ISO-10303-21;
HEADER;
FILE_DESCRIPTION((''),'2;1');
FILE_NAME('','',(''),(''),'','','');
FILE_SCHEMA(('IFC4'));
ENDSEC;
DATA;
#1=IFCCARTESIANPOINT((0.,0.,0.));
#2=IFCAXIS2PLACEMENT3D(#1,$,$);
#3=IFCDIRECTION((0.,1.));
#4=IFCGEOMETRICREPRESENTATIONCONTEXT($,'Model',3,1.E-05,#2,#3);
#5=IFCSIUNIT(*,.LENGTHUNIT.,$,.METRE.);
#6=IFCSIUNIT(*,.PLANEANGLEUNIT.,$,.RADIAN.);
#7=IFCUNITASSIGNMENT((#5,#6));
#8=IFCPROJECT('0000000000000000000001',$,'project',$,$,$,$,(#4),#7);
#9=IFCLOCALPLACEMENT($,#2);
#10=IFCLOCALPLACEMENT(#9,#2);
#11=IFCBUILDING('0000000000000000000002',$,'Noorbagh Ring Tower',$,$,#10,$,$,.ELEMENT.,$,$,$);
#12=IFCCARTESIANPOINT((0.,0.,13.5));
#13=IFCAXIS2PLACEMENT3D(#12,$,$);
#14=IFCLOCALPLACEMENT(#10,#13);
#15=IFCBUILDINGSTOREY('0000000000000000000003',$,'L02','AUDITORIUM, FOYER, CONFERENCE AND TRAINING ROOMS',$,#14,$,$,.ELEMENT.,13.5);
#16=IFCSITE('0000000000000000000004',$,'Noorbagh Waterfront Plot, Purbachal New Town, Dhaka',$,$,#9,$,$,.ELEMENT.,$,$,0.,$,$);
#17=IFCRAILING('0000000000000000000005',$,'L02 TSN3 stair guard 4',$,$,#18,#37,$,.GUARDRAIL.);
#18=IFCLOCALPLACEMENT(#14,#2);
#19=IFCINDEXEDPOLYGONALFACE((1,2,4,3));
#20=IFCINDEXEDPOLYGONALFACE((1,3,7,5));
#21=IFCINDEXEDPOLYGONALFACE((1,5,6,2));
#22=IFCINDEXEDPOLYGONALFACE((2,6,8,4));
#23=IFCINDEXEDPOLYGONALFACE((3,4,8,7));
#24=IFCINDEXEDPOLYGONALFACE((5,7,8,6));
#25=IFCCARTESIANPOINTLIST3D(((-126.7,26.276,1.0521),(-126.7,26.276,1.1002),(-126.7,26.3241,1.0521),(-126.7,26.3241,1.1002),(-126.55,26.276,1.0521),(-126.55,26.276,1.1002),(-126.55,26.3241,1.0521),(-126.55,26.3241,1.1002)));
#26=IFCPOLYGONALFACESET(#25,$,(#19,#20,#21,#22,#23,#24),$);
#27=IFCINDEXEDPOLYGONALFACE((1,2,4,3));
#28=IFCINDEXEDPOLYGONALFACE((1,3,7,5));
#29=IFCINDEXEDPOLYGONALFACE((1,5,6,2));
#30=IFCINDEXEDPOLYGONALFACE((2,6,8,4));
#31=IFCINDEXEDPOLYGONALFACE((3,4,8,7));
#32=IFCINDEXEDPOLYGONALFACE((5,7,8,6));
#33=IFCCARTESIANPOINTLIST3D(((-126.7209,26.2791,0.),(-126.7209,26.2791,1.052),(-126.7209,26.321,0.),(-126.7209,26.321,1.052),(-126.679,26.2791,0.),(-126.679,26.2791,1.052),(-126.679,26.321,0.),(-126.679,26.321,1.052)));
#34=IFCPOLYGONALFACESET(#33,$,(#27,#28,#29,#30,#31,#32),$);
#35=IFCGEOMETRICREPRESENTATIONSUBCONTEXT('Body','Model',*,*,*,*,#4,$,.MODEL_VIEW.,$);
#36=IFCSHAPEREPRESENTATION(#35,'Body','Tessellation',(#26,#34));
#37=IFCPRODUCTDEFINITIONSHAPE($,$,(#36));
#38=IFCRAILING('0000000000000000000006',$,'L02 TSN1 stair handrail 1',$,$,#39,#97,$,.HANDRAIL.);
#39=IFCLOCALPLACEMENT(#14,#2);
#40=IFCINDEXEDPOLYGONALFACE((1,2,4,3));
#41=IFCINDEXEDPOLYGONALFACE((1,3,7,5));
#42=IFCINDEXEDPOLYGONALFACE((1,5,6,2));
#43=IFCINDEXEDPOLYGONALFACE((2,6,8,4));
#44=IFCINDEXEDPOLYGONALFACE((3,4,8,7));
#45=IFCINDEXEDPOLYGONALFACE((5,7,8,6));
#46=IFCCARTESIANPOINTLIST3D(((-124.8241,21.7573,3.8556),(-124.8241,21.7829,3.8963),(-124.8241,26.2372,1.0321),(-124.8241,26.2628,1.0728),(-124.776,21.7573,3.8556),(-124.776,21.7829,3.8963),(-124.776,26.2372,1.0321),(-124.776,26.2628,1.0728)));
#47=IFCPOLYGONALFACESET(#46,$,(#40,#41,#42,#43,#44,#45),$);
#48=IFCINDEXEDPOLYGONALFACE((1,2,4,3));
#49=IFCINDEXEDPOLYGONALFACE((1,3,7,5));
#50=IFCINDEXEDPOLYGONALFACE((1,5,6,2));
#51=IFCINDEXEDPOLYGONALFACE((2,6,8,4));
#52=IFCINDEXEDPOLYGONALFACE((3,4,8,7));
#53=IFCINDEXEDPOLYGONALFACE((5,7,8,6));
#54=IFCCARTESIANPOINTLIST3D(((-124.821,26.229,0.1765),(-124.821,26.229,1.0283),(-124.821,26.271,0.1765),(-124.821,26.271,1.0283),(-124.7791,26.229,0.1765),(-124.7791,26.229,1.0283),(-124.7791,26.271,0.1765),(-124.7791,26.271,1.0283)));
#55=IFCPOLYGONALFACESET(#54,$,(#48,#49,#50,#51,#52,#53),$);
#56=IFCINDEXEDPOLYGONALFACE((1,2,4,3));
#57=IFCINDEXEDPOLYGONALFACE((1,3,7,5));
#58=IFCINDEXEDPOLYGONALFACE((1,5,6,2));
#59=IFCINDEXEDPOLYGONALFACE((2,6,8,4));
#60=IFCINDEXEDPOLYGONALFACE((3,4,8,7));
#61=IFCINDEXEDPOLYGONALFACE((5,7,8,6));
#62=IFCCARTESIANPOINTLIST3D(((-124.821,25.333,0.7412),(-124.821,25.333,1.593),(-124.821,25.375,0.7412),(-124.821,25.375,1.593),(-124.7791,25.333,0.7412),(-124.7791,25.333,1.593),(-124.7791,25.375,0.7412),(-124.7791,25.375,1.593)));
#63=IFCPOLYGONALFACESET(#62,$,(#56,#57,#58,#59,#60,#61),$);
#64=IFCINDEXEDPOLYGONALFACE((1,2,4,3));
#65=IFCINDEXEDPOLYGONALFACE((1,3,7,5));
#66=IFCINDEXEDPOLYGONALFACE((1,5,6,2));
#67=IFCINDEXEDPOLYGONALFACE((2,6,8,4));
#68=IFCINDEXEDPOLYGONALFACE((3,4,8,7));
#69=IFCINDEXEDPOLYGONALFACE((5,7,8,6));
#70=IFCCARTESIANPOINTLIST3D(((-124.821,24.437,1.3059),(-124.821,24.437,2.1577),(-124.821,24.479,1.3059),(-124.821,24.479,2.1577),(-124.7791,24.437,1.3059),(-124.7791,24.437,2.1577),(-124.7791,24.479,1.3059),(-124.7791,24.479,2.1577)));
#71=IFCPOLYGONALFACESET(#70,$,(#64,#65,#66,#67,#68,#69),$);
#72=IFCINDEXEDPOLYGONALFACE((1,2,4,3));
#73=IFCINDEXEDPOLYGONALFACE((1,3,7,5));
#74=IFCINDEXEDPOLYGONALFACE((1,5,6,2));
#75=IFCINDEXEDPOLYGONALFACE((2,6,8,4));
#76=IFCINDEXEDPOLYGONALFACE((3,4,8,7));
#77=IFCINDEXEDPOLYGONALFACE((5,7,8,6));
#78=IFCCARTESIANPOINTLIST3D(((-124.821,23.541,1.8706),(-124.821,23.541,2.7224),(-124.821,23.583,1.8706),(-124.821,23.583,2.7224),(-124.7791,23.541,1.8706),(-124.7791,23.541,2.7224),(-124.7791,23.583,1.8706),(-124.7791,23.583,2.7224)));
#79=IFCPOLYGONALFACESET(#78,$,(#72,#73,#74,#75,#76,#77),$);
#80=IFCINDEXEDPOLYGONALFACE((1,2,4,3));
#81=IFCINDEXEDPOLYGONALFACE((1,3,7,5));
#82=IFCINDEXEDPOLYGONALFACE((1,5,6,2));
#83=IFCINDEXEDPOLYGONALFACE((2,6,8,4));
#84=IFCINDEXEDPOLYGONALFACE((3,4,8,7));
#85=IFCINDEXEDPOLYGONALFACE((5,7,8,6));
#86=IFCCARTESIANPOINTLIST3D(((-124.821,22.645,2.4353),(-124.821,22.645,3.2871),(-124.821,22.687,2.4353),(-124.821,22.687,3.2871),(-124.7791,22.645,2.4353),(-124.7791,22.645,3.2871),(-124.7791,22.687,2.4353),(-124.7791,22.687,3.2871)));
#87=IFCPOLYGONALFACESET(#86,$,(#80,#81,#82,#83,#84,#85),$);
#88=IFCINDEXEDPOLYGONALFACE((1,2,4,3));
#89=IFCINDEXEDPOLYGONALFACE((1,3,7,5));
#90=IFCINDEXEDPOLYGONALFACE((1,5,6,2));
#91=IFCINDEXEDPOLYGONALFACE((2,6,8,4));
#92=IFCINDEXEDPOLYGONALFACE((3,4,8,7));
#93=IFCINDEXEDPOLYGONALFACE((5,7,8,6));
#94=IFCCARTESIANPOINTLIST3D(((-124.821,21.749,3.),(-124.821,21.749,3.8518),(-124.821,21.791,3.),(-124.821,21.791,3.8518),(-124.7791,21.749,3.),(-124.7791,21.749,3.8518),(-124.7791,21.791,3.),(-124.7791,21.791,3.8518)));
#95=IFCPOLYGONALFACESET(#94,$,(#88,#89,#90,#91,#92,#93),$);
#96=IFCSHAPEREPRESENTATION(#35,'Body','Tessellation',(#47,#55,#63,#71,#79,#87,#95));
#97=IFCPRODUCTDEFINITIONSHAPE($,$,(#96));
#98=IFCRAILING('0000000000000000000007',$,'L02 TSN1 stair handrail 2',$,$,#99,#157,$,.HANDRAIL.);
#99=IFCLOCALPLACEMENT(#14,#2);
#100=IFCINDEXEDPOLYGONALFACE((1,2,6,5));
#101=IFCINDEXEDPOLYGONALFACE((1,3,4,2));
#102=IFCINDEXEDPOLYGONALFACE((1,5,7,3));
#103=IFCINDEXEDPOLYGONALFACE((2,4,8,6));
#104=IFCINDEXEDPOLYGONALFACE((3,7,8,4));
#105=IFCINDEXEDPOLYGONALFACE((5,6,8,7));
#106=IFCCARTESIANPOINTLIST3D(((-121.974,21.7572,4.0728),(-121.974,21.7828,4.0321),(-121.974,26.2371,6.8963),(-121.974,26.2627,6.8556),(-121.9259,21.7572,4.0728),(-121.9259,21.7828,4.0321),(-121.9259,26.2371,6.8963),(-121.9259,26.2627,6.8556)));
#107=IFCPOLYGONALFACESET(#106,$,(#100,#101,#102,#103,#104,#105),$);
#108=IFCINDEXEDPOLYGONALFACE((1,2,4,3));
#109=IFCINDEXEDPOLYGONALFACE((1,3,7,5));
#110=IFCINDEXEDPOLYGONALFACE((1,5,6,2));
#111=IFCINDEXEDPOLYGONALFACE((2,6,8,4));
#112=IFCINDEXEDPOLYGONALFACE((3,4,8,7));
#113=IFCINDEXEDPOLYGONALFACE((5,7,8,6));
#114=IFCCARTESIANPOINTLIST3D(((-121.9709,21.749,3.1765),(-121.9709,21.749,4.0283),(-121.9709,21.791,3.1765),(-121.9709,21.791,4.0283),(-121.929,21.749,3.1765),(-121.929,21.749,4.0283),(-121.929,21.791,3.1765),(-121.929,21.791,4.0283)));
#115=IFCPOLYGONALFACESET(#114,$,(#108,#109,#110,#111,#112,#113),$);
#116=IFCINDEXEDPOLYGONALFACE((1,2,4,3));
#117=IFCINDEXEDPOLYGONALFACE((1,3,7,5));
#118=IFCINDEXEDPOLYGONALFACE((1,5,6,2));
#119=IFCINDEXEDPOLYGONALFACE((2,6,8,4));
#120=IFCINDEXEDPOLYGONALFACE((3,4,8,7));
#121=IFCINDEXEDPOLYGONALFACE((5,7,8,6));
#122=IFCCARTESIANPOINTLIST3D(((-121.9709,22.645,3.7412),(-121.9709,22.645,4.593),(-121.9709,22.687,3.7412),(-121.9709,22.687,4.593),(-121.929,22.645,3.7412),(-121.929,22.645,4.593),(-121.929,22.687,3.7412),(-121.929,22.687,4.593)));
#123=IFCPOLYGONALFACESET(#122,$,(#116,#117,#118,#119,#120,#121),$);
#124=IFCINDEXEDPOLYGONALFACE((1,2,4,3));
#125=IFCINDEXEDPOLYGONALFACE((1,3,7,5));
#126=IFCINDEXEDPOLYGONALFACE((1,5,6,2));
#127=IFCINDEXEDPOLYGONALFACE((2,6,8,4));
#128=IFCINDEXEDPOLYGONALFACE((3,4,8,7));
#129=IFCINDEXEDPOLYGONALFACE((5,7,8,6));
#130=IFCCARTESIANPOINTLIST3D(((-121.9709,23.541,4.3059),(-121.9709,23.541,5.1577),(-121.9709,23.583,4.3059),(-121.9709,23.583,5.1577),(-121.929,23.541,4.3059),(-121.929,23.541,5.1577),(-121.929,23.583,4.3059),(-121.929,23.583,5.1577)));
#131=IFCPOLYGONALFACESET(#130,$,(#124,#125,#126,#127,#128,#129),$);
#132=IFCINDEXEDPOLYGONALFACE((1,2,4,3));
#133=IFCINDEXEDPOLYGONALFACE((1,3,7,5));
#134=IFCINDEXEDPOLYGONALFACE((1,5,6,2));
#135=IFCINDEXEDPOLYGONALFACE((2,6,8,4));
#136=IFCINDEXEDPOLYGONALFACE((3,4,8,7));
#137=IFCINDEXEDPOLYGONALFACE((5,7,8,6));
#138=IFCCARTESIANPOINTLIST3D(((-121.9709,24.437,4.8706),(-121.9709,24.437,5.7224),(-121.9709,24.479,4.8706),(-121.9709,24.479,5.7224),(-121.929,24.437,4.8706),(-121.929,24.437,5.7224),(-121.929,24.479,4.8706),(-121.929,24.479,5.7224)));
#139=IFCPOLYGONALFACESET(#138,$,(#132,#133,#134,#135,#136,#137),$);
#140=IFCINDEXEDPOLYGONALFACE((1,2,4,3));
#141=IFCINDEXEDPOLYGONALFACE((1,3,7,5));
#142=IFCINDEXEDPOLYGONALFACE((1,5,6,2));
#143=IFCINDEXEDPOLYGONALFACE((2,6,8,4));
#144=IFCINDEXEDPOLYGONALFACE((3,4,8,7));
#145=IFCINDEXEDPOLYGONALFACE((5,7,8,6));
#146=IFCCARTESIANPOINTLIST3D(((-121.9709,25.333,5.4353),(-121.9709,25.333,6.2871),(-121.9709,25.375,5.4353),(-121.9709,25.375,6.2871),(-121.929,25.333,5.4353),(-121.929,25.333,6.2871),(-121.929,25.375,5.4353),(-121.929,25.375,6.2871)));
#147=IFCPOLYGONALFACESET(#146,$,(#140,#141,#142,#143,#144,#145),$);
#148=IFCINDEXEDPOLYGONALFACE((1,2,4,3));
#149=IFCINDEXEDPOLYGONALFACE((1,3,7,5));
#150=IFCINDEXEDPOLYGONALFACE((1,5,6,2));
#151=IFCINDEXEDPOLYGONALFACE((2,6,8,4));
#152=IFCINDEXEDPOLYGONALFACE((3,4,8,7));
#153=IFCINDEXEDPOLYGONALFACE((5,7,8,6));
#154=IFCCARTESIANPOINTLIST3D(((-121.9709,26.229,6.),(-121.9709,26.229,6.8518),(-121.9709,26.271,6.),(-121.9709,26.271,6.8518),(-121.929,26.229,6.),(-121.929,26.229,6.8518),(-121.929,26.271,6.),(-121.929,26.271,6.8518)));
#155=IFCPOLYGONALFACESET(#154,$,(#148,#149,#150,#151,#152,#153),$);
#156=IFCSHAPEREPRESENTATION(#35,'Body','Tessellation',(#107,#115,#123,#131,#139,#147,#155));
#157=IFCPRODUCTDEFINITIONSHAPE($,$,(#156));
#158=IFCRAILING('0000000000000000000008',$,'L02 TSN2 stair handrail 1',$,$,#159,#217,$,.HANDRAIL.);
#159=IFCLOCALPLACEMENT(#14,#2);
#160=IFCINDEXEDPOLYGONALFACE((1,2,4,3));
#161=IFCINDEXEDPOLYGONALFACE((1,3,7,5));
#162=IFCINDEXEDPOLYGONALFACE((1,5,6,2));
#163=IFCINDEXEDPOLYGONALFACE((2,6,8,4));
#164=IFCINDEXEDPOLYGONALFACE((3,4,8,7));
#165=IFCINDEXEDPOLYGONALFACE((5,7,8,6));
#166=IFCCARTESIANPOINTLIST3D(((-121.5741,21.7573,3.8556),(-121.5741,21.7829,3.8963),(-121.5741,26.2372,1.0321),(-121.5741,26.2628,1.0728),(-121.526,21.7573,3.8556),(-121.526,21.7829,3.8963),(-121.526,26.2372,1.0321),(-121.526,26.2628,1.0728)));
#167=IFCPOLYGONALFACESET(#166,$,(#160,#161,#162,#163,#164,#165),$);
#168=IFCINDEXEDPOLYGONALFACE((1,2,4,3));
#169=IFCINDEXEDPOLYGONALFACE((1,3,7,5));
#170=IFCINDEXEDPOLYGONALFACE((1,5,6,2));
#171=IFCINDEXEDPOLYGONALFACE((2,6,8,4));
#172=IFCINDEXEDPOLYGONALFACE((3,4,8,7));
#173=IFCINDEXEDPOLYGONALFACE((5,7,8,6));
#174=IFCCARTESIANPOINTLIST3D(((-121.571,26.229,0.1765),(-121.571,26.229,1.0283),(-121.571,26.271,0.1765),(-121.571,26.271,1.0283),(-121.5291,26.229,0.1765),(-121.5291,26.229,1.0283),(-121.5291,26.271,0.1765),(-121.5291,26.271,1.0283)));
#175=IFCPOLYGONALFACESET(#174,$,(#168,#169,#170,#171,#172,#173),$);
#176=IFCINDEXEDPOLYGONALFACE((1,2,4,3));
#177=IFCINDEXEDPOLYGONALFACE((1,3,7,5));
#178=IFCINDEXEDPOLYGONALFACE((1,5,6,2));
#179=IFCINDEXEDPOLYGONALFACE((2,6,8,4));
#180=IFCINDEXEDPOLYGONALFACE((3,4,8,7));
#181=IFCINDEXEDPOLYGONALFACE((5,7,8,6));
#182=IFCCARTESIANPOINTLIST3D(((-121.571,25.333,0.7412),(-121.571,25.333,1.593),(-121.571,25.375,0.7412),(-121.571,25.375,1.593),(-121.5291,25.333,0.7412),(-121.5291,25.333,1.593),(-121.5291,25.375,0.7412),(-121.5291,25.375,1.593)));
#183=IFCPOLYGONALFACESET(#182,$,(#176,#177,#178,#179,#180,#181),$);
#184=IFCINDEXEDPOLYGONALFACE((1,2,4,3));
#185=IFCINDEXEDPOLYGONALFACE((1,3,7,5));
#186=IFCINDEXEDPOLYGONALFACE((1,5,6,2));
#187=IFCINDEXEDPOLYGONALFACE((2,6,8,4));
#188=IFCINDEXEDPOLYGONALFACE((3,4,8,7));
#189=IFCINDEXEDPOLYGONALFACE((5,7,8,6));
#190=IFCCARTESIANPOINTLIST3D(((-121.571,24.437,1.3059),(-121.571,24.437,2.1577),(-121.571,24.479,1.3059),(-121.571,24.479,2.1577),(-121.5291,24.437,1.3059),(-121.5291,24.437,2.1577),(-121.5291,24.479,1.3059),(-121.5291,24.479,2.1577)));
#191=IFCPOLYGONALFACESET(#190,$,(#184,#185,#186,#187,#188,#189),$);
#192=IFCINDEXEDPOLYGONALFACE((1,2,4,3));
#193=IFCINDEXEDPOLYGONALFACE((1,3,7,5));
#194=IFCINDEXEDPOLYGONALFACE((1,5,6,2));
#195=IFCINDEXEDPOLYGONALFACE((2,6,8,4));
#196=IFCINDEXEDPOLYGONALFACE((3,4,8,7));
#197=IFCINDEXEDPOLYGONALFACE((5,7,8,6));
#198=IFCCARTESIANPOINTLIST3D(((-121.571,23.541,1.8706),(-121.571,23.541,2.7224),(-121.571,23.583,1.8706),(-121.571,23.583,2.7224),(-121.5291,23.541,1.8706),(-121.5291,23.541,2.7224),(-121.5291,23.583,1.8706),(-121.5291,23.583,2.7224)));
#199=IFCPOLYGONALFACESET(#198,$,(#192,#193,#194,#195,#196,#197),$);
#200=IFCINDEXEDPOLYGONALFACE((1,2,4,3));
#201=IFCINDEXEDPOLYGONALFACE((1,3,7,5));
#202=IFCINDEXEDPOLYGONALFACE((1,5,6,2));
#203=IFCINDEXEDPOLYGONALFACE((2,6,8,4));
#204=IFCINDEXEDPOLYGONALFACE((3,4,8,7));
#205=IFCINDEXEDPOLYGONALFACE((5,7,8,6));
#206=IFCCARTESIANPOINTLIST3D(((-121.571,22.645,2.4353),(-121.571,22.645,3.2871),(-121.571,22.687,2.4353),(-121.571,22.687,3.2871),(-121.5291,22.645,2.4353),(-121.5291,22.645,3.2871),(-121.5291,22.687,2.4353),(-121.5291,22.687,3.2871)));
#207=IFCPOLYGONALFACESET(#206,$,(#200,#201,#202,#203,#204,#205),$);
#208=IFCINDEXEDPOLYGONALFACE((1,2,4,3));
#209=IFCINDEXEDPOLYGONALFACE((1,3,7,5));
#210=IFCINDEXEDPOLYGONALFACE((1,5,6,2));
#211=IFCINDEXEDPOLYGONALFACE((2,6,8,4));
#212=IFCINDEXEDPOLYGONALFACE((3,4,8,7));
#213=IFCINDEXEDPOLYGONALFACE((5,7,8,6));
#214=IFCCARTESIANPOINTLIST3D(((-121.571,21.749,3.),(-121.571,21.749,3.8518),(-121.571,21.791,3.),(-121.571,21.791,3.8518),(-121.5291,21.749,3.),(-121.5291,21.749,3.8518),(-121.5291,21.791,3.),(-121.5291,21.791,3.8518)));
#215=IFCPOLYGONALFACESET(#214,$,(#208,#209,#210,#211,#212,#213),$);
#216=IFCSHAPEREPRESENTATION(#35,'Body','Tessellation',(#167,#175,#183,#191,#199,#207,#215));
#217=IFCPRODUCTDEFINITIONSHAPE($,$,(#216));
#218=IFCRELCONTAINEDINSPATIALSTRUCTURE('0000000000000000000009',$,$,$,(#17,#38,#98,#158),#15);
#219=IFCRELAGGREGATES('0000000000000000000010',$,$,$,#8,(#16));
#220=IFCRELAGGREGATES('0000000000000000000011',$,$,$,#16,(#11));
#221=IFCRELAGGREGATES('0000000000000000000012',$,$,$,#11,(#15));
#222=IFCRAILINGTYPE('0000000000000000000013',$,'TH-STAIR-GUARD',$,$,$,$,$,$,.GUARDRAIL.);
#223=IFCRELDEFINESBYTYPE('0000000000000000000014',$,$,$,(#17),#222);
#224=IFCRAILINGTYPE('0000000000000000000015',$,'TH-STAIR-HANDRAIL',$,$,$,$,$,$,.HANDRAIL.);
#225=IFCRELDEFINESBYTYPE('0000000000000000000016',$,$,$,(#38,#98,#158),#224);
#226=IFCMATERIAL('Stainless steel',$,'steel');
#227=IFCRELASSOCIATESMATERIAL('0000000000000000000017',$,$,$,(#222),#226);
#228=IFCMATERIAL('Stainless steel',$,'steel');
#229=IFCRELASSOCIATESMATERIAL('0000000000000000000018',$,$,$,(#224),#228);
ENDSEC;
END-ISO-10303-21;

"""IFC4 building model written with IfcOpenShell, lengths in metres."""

from ifc_helpers import new_model, si_unit, direction, frame, origin, origin_2d, place, context, subcontext, project, spatial, rectangle, extrude, material, type_object, element, save


model = new_model("IFC4")

# Units and contexts
model_context = context("Model", 3, precision=1e-05, world=origin(), true_north=direction((0.0, 1.0)))
body_context = subcontext(model_context, "Body", "Model", "MODEL_VIEW")
ifc_project = project(units=[si_unit("LENGTHUNIT", "METRE"), si_unit("PLANEANGLEUNIT", "RADIAN")], contexts=[model_context])

# Site, building, storey
site_placement = place(None, origin())
site = spatial("IfcSite", under=ifc_project, at=site_placement, Name="Noorbagh Waterfront Plot, Purbachal New Town, Dhaka", CompositionType="ELEMENT", RefElevation=0.0)
building_placement = place(site_placement, origin())
building = spatial("IfcBuilding", under=site, at=building_placement, Name="Noorbagh Ring Tower", CompositionType="ELEMENT")
storey_placement = place(building_placement, frame((0.0, 0.0, 13.5)))
storey = spatial("IfcBuildingStorey", under=building, at=storey_placement, Name="L02", Description="AUDITORIUM, FOYER, CONFERENCE AND TRAINING ROOMS", CompositionType="ELEMENT", Elevation=13.5)

# Railings
ifc_material_1 = material(Name="Stainless steel", Category="steel")
railing_type_1 = type_object("IfcRailingType", Name="TH-STAIR-GUARD", PredefinedType="GUARDRAIL", material=ifc_material_1)
railing_1_placement = place(storey_placement, frame((-126.7, 26.3, 0.0)))
element("IfcRailing", 1, at=railing_1_placement, inside=storey, type_object=railing_type_1, Name="L02 TSN3 stair guard 4", PredefinedType="GUARDRAIL", context=body_context, shape_type="SweptSolid", body=[
    extrude(rectangle(XDim=0.0481, YDim=0.0481, at=origin_2d()), frame((0.0, 0.0, 1.0762), z_axis=(1.0, 0.0, 0.0), x_axis=(0.0, 1.0, 0.0)), (0.0, 0.0, 1.0), 0.1499),
    extrude(rectangle(XDim=0.042, YDim=0.042, at=origin_2d()), origin(), (0.0, 0.0, 1.0), 1.052),
])
ifc_material_2 = material(Name="Stainless steel", Category="steel")
railing_type_2 = type_object("IfcRailingType", Name="TH-STAIR-HANDRAIL", PredefinedType="HANDRAIL", material=ifc_material_2)
railing_2_placement = place(storey_placement, frame((-124.8, 26.25, 0.1765)))
element("IfcRailing", 2, at=railing_2_placement, inside=storey, type_object=railing_type_2, Name="L02 TSN1 stair handrail 1", PredefinedType="HANDRAIL", context=body_context, shape_type="SweptSolid", body=[
    extrude(rectangle(XDim=0.0481, YDim=0.0481, at=origin_2d()), frame((0.0, 0.0, 0.876), z_axis=(0.0, -0.845998, 0.533186), x_axis=(1.0, 0.0, 0.0)), (0.0, 0.0, 1.0), 5.2954),
    extrude(rectangle(XDim=0.042, YDim=0.042, at=origin_2d()), origin(), (0.0, 0.0, 1.0), 0.8518),
    extrude(rectangle(XDim=0.042, YDim=0.042, at=origin_2d()), frame((0.0, -0.896, 0.5647)), (0.0, 0.0, 1.0), 0.8518),
    extrude(rectangle(XDim=0.042, YDim=0.042, at=origin_2d()), frame((0.0, -1.792, 1.1294)), (0.0, 0.0, 1.0), 0.8518),
    extrude(rectangle(XDim=0.042, YDim=0.042, at=origin_2d()), frame((0.0, -2.688, 1.6941)), (0.0, 0.0, 1.0), 0.8518),
    extrude(rectangle(XDim=0.042, YDim=0.042, at=origin_2d()), frame((0.0, -3.584, 2.2588)), (0.0, 0.0, 1.0), 0.8518),
    extrude(rectangle(XDim=0.042, YDim=0.042, at=origin_2d()), frame((0.0, -4.48, 2.8235)), (0.0, 0.0, 1.0), 0.8518),
])
railing_3_placement = place(storey_placement, frame((-121.95, 21.77, 3.1765)))
element("IfcRailing", 3, at=railing_3_placement, inside=storey, type_object=railing_type_2, Name="L02 TSN1 stair handrail 2", PredefinedType="HANDRAIL", context=body_context, shape_type="SweptSolid", body=[
    extrude(rectangle(XDim=0.0481, YDim=0.0481, at=origin_2d()), frame((0.0, 0.0, 0.876), z_axis=(0.0, 0.845998, 0.533186), x_axis=(-1.0, 0.0, 0.0)), (0.0, 0.0, 1.0), 5.2954),
    extrude(rectangle(XDim=0.042, YDim=0.042, at=origin_2d()), origin(), (0.0, 0.0, 1.0), 0.8518),
    extrude(rectangle(XDim=0.042, YDim=0.042, at=origin_2d()), frame((0.0, 0.896, 0.5647)), (0.0, 0.0, 1.0), 0.8518),
    extrude(rectangle(XDim=0.042, YDim=0.042, at=origin_2d()), frame((0.0, 1.792, 1.1294)), (0.0, 0.0, 1.0), 0.8518),
    extrude(rectangle(XDim=0.042, YDim=0.042, at=origin_2d()), frame((0.0, 2.688, 1.6941)), (0.0, 0.0, 1.0), 0.8518),
    extrude(rectangle(XDim=0.042, YDim=0.042, at=origin_2d()), frame((0.0, 3.584, 2.2588)), (0.0, 0.0, 1.0), 0.8518),
    extrude(rectangle(XDim=0.042, YDim=0.042, at=origin_2d()), frame((0.0, 4.48, 2.8235)), (0.0, 0.0, 1.0), 0.8518),
])
railing_4_placement = place(storey_placement, frame((-121.55, 26.25, 0.1765)))
element("IfcRailing", 4, at=railing_4_placement, inside=storey, type_object=railing_type_2, Name="L02 TSN2 stair handrail 1", PredefinedType="HANDRAIL", context=body_context, shape_type="SweptSolid", body=[
    extrude(rectangle(XDim=0.0481, YDim=0.0481, at=origin_2d()), frame((0.0, 0.0, 0.876), z_axis=(0.0, -0.845998, 0.533186), x_axis=(1.0, 0.0, 0.0)), (0.0, 0.0, 1.0), 5.2954),
    extrude(rectangle(XDim=0.042, YDim=0.042, at=origin_2d()), origin(), (0.0, 0.0, 1.0), 0.8518),
    extrude(rectangle(XDim=0.042, YDim=0.042, at=origin_2d()), frame((0.0, -0.896, 0.5647)), (0.0, 0.0, 1.0), 0.8518),
    extrude(rectangle(XDim=0.042, YDim=0.042, at=origin_2d()), frame((0.0, -1.792, 1.1294)), (0.0, 0.0, 1.0), 0.8518),
    extrude(rectangle(XDim=0.042, YDim=0.042, at=origin_2d()), frame((0.0, -2.688, 1.6941)), (0.0, 0.0, 1.0), 0.8518),
    extrude(rectangle(XDim=0.042, YDim=0.042, at=origin_2d()), frame((0.0, -3.584, 2.2588)), (0.0, 0.0, 1.0), 0.8518),
    extrude(rectangle(XDim=0.042, YDim=0.042, at=origin_2d()), frame((0.0, -4.48, 2.8235)), (0.0, 0.0, 1.0), 0.8518),
])

save(model, "model.ifc")
